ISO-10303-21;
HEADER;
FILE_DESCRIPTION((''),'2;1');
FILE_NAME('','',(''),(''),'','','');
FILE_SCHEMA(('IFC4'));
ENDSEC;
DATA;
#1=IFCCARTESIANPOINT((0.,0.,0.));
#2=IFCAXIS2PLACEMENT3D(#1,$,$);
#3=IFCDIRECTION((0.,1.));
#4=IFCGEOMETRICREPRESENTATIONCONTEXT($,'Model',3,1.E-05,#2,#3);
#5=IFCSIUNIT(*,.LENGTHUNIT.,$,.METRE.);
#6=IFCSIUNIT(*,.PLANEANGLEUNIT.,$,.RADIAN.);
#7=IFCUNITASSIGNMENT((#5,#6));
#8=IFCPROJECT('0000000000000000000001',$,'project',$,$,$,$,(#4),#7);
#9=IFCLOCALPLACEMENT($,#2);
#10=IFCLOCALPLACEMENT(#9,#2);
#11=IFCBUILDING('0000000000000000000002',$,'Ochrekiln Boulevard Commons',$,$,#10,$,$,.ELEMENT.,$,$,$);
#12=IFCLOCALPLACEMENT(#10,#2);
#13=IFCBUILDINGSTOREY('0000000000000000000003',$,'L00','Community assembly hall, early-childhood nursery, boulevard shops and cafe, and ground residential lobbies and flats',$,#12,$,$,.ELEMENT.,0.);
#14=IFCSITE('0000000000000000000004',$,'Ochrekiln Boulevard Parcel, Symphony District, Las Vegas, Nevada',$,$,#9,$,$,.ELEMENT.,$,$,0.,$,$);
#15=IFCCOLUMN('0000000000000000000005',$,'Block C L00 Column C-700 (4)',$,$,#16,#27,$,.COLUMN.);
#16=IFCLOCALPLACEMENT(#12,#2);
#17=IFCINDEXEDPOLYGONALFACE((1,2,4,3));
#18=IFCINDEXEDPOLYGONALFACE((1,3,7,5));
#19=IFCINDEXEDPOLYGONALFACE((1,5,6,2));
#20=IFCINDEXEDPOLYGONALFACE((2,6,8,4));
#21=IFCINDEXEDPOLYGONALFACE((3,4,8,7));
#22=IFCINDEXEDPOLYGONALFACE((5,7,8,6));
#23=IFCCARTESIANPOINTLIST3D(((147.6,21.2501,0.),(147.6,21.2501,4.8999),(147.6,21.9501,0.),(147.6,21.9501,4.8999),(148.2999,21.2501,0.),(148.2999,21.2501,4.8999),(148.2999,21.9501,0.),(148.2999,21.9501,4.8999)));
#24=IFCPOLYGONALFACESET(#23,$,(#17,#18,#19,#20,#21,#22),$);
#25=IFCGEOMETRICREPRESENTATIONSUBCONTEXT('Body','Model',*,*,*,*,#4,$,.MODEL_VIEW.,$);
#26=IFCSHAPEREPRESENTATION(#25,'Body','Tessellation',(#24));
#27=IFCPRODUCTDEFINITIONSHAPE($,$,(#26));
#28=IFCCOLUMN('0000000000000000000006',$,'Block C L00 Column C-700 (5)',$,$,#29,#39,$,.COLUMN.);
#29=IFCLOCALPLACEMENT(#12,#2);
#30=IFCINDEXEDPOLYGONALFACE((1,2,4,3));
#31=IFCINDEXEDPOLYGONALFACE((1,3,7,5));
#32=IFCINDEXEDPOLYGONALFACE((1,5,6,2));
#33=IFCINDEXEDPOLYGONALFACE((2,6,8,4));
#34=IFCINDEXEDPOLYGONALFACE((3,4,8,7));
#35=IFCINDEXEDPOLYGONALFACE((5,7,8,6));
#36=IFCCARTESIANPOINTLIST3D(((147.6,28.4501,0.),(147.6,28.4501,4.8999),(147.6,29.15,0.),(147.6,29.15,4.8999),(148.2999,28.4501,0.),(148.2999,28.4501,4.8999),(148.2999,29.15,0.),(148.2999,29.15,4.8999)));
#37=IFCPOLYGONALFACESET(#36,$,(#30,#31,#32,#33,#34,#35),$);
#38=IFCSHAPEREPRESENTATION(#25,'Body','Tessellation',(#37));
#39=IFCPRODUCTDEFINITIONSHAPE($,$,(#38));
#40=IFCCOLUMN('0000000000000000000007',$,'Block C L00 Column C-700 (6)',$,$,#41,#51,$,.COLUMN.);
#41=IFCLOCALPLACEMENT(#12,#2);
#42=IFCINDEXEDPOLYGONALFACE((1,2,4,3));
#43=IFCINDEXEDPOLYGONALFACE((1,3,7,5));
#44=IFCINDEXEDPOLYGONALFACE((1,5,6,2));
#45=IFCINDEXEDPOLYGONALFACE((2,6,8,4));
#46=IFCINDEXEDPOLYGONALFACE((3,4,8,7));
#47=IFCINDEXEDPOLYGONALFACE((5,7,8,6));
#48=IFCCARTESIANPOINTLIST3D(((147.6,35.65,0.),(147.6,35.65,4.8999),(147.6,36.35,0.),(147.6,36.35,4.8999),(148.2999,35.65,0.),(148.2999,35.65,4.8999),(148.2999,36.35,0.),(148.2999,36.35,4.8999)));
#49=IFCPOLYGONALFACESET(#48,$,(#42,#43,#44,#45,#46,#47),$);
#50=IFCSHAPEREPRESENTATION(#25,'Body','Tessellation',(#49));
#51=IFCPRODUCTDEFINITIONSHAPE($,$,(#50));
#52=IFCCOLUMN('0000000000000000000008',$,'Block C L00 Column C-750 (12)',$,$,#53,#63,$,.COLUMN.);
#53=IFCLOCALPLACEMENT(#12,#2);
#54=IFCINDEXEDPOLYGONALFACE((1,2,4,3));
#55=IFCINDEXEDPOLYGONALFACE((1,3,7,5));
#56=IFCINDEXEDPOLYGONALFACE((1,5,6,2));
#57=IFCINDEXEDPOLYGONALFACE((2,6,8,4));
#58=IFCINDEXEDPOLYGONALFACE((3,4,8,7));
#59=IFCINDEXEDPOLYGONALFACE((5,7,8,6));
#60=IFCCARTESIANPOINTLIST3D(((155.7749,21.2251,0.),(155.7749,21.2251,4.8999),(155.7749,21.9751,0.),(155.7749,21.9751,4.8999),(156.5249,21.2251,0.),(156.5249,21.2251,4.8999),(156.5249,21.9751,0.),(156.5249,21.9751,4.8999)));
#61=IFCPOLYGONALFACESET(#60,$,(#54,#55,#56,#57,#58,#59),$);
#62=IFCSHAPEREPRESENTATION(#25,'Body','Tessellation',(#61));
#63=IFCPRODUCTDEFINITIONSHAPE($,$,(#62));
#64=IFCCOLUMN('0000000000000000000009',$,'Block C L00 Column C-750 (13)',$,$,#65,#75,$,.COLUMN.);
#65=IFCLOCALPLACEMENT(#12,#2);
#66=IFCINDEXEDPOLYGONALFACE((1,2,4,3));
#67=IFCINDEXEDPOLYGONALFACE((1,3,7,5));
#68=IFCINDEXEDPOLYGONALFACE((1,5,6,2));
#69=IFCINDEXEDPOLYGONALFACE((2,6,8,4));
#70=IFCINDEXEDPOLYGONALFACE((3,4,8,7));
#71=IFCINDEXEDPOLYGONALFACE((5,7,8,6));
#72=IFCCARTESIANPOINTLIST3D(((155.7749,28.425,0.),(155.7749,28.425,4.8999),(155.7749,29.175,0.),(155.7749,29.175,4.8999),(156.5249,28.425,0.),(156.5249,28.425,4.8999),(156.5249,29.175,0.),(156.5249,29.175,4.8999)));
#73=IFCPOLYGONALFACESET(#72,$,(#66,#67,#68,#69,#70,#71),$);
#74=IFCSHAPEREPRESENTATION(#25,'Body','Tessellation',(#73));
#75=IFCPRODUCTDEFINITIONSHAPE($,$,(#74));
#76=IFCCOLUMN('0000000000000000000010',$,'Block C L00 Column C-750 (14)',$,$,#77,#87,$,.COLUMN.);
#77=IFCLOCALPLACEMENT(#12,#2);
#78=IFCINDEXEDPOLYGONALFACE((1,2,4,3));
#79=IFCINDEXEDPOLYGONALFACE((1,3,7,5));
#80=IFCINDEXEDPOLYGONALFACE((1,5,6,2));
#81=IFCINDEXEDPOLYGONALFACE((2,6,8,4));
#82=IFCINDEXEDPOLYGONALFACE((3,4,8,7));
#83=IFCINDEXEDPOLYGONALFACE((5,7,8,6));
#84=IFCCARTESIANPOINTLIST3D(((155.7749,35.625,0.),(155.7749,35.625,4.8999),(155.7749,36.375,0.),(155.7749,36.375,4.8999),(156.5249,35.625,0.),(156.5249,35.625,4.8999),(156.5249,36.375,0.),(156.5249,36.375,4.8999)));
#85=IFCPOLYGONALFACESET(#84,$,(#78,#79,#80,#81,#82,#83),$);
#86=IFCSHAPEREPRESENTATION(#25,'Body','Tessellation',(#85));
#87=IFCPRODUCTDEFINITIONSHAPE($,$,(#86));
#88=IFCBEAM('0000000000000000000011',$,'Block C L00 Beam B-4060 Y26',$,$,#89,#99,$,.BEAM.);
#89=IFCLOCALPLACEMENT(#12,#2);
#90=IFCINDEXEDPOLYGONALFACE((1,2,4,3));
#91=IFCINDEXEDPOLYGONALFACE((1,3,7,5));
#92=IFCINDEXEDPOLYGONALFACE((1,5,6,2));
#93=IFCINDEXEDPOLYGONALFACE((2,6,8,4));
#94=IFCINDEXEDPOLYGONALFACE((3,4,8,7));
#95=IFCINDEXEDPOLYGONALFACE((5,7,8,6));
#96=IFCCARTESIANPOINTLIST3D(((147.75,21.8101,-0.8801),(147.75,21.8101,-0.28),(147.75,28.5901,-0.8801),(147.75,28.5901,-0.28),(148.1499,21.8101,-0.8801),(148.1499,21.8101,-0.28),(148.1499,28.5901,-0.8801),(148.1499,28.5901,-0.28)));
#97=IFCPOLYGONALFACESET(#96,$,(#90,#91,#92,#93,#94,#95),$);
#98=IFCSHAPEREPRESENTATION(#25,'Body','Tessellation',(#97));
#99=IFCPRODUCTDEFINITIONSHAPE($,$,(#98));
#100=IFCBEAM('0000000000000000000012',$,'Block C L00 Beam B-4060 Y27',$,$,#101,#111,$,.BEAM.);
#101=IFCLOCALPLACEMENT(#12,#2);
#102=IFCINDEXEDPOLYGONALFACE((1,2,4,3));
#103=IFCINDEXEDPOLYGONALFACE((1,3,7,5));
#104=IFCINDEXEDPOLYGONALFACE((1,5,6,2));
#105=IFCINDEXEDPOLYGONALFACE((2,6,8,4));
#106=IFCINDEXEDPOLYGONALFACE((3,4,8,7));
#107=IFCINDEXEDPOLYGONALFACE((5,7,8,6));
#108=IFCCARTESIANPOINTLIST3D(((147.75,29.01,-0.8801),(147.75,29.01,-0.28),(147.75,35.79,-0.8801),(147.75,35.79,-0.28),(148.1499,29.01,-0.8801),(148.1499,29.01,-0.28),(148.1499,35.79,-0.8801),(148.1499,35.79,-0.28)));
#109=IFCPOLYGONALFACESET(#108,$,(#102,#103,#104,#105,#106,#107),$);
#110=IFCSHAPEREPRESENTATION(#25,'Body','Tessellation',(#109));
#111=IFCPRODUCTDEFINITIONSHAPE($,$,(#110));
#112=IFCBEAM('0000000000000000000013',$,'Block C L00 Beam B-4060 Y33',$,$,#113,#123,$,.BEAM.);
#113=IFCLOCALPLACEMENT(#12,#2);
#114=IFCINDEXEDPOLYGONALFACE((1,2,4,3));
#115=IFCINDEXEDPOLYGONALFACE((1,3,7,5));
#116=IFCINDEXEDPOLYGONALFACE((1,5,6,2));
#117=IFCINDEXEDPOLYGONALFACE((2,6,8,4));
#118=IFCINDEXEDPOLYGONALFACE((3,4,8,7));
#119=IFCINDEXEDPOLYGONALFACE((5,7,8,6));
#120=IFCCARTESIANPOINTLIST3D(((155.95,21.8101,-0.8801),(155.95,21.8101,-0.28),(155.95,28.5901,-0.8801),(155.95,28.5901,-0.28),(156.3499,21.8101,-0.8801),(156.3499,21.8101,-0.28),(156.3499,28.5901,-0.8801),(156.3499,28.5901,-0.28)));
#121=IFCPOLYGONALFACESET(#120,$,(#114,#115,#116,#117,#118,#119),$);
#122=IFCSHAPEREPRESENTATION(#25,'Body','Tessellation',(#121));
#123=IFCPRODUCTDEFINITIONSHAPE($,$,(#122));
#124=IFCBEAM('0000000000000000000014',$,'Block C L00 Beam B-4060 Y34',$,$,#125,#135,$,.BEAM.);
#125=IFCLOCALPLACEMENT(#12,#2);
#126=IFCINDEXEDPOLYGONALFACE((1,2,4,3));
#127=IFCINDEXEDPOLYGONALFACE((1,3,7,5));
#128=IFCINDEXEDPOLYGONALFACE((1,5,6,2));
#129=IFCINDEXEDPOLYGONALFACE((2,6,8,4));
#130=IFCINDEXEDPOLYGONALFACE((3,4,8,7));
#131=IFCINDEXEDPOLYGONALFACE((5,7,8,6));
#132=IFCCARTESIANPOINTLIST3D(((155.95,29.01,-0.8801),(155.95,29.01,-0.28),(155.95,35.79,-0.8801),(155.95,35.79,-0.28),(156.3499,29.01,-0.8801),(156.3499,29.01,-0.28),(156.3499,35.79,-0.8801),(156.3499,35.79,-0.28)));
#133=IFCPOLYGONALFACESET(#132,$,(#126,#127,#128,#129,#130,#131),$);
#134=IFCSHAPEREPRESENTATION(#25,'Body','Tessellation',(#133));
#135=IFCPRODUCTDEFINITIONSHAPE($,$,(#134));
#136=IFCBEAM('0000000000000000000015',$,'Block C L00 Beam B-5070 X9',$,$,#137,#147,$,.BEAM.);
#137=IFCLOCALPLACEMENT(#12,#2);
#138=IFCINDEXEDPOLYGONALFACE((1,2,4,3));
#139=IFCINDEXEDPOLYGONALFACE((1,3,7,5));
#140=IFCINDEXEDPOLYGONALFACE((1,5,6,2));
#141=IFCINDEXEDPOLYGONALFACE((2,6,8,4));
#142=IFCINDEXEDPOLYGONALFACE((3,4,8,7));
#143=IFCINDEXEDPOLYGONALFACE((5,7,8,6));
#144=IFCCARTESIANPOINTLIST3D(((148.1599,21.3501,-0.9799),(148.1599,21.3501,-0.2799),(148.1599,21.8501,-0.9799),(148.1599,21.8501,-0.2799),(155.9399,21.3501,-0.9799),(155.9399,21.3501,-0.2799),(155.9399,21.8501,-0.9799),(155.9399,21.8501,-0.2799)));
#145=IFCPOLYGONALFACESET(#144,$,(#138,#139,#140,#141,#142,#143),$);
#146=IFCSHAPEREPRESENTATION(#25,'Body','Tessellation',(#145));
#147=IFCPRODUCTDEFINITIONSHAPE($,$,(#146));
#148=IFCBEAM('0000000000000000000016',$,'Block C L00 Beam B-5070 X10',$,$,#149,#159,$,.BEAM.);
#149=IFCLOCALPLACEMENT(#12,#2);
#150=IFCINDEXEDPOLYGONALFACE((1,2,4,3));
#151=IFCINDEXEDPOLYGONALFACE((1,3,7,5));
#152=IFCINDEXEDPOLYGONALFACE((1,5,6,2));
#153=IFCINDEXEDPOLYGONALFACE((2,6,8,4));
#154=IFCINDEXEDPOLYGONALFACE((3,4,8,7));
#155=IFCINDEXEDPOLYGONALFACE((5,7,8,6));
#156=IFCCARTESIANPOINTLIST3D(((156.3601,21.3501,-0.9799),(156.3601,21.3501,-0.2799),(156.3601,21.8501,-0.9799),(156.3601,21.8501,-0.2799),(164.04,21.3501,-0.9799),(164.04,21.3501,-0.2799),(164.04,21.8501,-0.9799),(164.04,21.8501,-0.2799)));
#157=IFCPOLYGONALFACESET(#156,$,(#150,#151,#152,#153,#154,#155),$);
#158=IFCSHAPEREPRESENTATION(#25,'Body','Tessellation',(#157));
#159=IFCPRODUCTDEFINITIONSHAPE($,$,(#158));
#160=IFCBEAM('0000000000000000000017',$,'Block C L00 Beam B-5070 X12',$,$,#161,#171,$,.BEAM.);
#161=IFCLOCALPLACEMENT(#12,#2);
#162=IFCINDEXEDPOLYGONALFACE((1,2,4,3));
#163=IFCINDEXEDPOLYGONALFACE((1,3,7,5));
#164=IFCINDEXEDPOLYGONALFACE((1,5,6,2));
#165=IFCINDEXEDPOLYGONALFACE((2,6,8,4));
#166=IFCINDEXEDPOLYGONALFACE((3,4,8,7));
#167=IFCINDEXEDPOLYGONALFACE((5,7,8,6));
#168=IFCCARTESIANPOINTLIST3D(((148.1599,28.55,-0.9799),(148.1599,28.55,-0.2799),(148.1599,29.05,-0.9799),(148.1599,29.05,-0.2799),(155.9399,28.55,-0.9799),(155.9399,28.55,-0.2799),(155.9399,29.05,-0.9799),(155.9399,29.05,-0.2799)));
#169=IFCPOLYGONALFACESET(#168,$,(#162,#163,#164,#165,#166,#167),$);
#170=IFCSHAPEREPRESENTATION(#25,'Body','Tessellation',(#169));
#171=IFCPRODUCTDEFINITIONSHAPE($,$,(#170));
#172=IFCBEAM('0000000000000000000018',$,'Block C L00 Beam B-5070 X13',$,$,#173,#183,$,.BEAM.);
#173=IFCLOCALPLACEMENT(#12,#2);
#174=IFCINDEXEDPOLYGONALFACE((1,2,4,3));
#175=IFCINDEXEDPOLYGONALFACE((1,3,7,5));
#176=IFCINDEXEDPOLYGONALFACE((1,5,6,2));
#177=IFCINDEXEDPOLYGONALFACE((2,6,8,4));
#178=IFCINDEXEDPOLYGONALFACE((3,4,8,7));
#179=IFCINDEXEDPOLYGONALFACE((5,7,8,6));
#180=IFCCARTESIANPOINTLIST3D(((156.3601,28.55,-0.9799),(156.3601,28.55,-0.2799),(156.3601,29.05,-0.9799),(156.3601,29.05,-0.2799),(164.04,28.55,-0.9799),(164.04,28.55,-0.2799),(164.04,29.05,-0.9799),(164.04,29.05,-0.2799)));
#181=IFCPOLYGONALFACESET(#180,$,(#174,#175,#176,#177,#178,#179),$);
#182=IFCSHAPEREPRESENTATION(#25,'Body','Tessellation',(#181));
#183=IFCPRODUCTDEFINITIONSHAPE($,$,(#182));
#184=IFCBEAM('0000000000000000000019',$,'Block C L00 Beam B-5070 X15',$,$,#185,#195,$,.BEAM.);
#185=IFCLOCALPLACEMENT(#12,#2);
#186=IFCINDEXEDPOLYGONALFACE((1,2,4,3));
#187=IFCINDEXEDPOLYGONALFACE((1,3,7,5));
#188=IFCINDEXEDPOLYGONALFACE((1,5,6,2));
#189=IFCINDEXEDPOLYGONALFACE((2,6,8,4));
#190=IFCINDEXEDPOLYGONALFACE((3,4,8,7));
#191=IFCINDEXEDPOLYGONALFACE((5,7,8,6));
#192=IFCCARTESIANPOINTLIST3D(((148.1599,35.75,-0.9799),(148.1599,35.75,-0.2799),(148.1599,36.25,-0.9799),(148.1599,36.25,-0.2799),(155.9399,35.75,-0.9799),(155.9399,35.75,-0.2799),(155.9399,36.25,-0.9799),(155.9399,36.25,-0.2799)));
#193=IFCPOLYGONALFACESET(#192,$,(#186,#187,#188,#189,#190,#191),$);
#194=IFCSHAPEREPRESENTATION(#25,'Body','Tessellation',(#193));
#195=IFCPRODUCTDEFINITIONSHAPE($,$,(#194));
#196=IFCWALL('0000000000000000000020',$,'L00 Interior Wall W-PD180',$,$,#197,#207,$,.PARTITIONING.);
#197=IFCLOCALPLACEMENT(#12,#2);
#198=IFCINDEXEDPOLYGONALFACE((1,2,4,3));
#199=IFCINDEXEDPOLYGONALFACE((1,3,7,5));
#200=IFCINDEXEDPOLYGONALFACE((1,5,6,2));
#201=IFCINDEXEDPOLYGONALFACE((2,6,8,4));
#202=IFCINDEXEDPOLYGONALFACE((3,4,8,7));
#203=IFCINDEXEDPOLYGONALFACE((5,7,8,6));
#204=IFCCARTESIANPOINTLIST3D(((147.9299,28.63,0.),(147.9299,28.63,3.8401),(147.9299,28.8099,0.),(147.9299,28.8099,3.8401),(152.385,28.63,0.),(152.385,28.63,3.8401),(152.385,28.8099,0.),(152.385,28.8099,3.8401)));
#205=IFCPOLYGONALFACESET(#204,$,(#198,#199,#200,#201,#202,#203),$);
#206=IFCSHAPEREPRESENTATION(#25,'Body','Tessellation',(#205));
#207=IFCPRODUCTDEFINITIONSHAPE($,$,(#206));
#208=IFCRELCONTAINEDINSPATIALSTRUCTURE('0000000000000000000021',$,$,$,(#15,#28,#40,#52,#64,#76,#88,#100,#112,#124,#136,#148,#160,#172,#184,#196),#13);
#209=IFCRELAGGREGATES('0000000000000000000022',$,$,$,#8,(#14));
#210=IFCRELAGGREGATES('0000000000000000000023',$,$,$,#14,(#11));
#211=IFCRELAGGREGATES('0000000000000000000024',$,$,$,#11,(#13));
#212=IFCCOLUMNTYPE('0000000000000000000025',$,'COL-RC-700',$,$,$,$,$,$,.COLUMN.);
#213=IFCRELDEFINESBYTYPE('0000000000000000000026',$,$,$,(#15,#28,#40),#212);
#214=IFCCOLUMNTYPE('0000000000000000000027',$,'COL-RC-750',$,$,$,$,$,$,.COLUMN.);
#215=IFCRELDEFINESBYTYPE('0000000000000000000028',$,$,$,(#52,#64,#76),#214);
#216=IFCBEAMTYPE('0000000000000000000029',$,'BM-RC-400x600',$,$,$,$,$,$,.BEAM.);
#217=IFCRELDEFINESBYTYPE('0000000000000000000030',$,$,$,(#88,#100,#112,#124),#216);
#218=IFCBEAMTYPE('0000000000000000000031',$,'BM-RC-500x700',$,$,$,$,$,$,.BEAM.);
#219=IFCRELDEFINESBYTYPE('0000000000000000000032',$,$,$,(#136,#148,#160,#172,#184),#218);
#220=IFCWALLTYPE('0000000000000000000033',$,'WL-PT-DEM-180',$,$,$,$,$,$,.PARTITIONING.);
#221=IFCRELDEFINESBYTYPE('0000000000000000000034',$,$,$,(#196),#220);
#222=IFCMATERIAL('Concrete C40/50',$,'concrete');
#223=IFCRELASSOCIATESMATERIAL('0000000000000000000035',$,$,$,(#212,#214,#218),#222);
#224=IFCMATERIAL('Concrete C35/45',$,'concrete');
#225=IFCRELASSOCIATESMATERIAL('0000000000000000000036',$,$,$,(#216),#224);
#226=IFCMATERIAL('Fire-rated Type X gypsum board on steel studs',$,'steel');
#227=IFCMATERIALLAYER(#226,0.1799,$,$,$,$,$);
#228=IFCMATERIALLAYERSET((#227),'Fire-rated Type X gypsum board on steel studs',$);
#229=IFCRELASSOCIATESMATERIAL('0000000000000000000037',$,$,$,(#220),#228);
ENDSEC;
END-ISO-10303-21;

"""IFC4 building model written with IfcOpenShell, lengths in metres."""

from ifc_helpers import new_model, si_unit, direction, frame, frame_2d, origin, origin_2d, place, context, subcontext, project, spatial, rectangle, extrude, material, layer, layer_set, material_profile, profile_set, type_object, element, save


model = new_model("IFC4")

# Units and contexts
model_context = context("Model", 3, precision=1e-05, world=origin(), true_north=direction((0.0, 1.0)))
body_context = subcontext(model_context, "Body", "Model", "MODEL_VIEW")
ifc_project = project(units=[si_unit("LENGTHUNIT", "METRE"), si_unit("PLANEANGLEUNIT", "RADIAN")], contexts=[model_context])

# Site, building, storey
site_placement = place(None, origin())
site = spatial("IfcSite", under=ifc_project, at=site_placement, Name="Ochrekiln Boulevard Parcel, Symphony District, Las Vegas, Nevada", CompositionType="ELEMENT", RefElevation=0.0)
building_placement = place(site_placement, origin())
building = spatial("IfcBuilding", under=site, at=building_placement, Name="Ochrekiln Boulevard Commons", CompositionType="ELEMENT")
storey_placement = place(building_placement, origin())
storey = spatial("IfcBuildingStorey", under=building, at=storey_placement, Name="L00", Description="Community assembly hall, early-childhood nursery, boulevard shops and cafe, and ground residential lobbies and flats", CompositionType="ELEMENT", Elevation=0.0)

# Columns
ifc_material_1 = material(Name="Concrete C40/50", Category="concrete")
ifc_material_profile_1 = material_profile(ifc_material_1, rectangle(XDim=0.7, YDim=0.7, at=origin_2d()), Name="RC-COL-700x700")
ifc_profile_set_1 = profile_set([ifc_material_profile_1], Name="Concrete C40/50")
column_type_1 = type_object("IfcColumnType", Name="COL-RC-700", PredefinedType="COLUMN", material=ifc_profile_set_1)
for number, where, z_axis, x_axis, name in (
    (1, (147.95, 21.6001, 0.0), (0.0, 0.0, 1.0), (1.0, 0.0, 0.0), "Block C L00 Column C-700 (4)"),
    (2, (147.95, 28.8, 0.0), (0.0, 0.0, 1.0), (1.0, 0.0, 0.0), "Block C L00 Column C-700 (5)"),
    (3, (147.95, 36.0, 0.0), (0.0, 0.0, 1.0), (1.0, 0.0, 0.0), "Block C L00 Column C-700 (6)"),
):
    element("IfcColumn", number, at=place(storey_placement, frame(where, z_axis=z_axis, x_axis=x_axis)), inside=storey, type_object=column_type_1, Name=name, PredefinedType="COLUMN", context=body_context, shape_type="SweptSolid", body=[
        extrude(rectangle(XDim=0.7, YDim=0.7, at=origin_2d()), origin(), (0.0, 0.0, 1.0), 4.8999),
    ])
ifc_material_profile_2 = material_profile(ifc_material_1, rectangle(XDim=0.75, YDim=0.75, at=origin_2d()), Name="RC-COL-750x750")
ifc_profile_set_2 = profile_set([ifc_material_profile_2], Name="Concrete C40/50")
column_type_2 = type_object("IfcColumnType", Name="COL-RC-750", PredefinedType="COLUMN", material=ifc_profile_set_2)
for number, where, z_axis, x_axis, name in (
    (4, (156.1499, 21.6001, 0.0), (0.0, 0.0, 1.0), (1.0, 0.0, 0.0), "Block C L00 Column C-750 (12)"),
    (5, (156.1499, 28.8, 0.0), (0.0, 0.0, 1.0), (1.0, 0.0, 0.0), "Block C L00 Column C-750 (13)"),
    (6, (156.1499, 36.0, 0.0), (0.0, 0.0, 1.0), (1.0, 0.0, 0.0), "Block C L00 Column C-750 (14)"),
):
    element("IfcColumn", number, at=place(storey_placement, frame(where, z_axis=z_axis, x_axis=x_axis)), inside=storey, type_object=column_type_2, Name=name, PredefinedType="COLUMN", context=body_context, shape_type="SweptSolid", body=[
        extrude(rectangle(XDim=0.75, YDim=0.75, at=origin_2d()), origin(), (0.0, 0.0, 1.0), 4.8999),
    ])

# Beams
ifc_material_2 = material(Name="Concrete C35/45", Category="concrete")
ifc_material_profile_3 = material_profile(ifc_material_2, rectangle(XDim=0.3999, YDim=0.6001, at=origin_2d()), Name="RC-BM-400x600")
ifc_profile_set_3 = profile_set([ifc_material_profile_3], Name="Concrete C35/45")
beam_type_1 = type_object("IfcBeamType", Name="BM-RC-400x600", PredefinedType="BEAM", material=ifc_profile_set_3)
for number, where, z_axis, x_axis, name in (
    (7, (147.95, 21.8101, -0.5801), (0.0, 1.0, 0.0), (-1.0, 0.0, 0.0), "Block C L00 Beam B-4060 Y26"),
    (8, (147.95, 29.01, -0.5801), (0.0, 1.0, 0.0), (-1.0, 0.0, 0.0), "Block C L00 Beam B-4060 Y27"),
    (9, (156.1499, 21.8101, -0.5801), (0.0, 1.0, 0.0), (-1.0, 0.0, 0.0), "Block C L00 Beam B-4060 Y33"),
    (10, (156.1499, 29.01, -0.5801), (0.0, 1.0, 0.0), (-1.0, 0.0, 0.0), "Block C L00 Beam B-4060 Y34"),
):
    element("IfcBeam", number, at=place(storey_placement, frame(where, z_axis=z_axis, x_axis=x_axis)), inside=storey, type_object=beam_type_1, Name=name, PredefinedType="BEAM", context=body_context, shape_type="SweptSolid", body=[
        extrude(rectangle(XDim=0.3999, YDim=0.6001, at=origin_2d()), origin(), (0.0, 0.0, 1.0), 6.78),
    ])
ifc_material_profile_4 = material_profile(ifc_material_1, rectangle(XDim=0.5, YDim=0.7, at=origin_2d()), Name="RC-BM-500x700")
ifc_profile_set_4 = profile_set([ifc_material_profile_4], Name="Concrete C40/50")
beam_type_2 = type_object("IfcBeamType", Name="BM-RC-500x700", PredefinedType="BEAM", material=ifc_profile_set_4)
beam_1_placement = place(storey_placement, frame((148.1599, 21.6001, -0.6299), z_axis=(1.0, 0.0, 0.0), x_axis=(0.0, 1.0, 0.0)))
element("IfcBeam", 11, at=beam_1_placement, inside=storey, type_object=beam_type_2, Name="Block C L00 Beam B-5070 X9", PredefinedType="BEAM", context=body_context, shape_type="SweptSolid", body=[
    extrude(rectangle(XDim=0.5, YDim=0.7, at=origin_2d()), origin(), (0.0, 0.0, 1.0), 7.78),
])
beam_2_placement = place(storey_placement, frame((156.3601, 21.6001, -0.6299), z_axis=(1.0, 0.0, 0.0), x_axis=(0.0, 1.0, 0.0)))
element("IfcBeam", 12, at=beam_2_placement, inside=storey, type_object=beam_type_2, Name="Block C L00 Beam B-5070 X10", PredefinedType="BEAM", context=body_context, shape_type="SweptSolid", body=[
    extrude(rectangle(XDim=0.5, YDim=0.7, at=origin_2d()), origin(), (0.0, 0.0, 1.0), 7.6799),
])
beam_3_placement = place(storey_placement, frame((148.1599, 28.8, -0.6299), z_axis=(1.0, 0.0, 0.0), x_axis=(0.0, 1.0, 0.0)))
element("IfcBeam", 13, at=beam_3_placement, inside=storey, type_object=beam_type_2, Name="Block C L00 Beam B-5070 X12", PredefinedType="BEAM", context=body_context, shape_type="SweptSolid", body=[
    extrude(rectangle(XDim=0.5, YDim=0.7, at=origin_2d()), origin(), (0.0, 0.0, 1.0), 7.78),
])
beam_4_placement = place(storey_placement, frame((156.3601, 28.8, -0.6299), z_axis=(1.0, 0.0, 0.0), x_axis=(0.0, 1.0, 0.0)))
element("IfcBeam", 14, at=beam_4_placement, inside=storey, type_object=beam_type_2, Name="Block C L00 Beam B-5070 X13", PredefinedType="BEAM", context=body_context, shape_type="SweptSolid", body=[
    extrude(rectangle(XDim=0.5, YDim=0.7, at=origin_2d()), origin(), (0.0, 0.0, 1.0), 7.6799),
])
beam_5_placement = place(storey_placement, frame((148.1599, 36.0, -0.6299), z_axis=(1.0, 0.0, 0.0), x_axis=(0.0, 1.0, 0.0)))
element("IfcBeam", 15, at=beam_5_placement, inside=storey, type_object=beam_type_2, Name="Block C L00 Beam B-5070 X15", PredefinedType="BEAM", context=body_context, shape_type="SweptSolid", body=[
    extrude(rectangle(XDim=0.5, YDim=0.7, at=origin_2d()), origin(), (0.0, 0.0, 1.0), 7.78),
])

# Wall
ifc_material_3 = material(Name="Fire-rated Type X gypsum board on steel studs", Category="steel")
ifc_layer_1 = layer(ifc_material_3, 0.1799)
ifc_layer_set_1 = layer_set([ifc_layer_1], Name="Fire-rated Type X gypsum board on steel studs")
wall_type_1 = type_object("IfcWallType", Name="WL-PT-DEM-180", PredefinedType="PARTITIONING", material=ifc_layer_set_1)
wall_1_placement = place(storey_placement, frame((147.9299, 28.72, 0.0), z_axis=(0.0, 0.0, 1.0), x_axis=(1.0, 0.0, 0.0)))
element("IfcWall", 16, at=wall_1_placement, inside=storey, type_object=wall_type_1, Name="L00 Interior Wall W-PD180", PredefinedType="PARTITIONING", context=body_context, shape_type="SweptSolid", body=[
    extrude(rectangle(XDim=4.4551, YDim=0.1799, at=frame_2d((2.2275, 0.0))), origin(), (0.0, 0.0, 1.0), 3.8401),
])

save(model, "model.ifc")
